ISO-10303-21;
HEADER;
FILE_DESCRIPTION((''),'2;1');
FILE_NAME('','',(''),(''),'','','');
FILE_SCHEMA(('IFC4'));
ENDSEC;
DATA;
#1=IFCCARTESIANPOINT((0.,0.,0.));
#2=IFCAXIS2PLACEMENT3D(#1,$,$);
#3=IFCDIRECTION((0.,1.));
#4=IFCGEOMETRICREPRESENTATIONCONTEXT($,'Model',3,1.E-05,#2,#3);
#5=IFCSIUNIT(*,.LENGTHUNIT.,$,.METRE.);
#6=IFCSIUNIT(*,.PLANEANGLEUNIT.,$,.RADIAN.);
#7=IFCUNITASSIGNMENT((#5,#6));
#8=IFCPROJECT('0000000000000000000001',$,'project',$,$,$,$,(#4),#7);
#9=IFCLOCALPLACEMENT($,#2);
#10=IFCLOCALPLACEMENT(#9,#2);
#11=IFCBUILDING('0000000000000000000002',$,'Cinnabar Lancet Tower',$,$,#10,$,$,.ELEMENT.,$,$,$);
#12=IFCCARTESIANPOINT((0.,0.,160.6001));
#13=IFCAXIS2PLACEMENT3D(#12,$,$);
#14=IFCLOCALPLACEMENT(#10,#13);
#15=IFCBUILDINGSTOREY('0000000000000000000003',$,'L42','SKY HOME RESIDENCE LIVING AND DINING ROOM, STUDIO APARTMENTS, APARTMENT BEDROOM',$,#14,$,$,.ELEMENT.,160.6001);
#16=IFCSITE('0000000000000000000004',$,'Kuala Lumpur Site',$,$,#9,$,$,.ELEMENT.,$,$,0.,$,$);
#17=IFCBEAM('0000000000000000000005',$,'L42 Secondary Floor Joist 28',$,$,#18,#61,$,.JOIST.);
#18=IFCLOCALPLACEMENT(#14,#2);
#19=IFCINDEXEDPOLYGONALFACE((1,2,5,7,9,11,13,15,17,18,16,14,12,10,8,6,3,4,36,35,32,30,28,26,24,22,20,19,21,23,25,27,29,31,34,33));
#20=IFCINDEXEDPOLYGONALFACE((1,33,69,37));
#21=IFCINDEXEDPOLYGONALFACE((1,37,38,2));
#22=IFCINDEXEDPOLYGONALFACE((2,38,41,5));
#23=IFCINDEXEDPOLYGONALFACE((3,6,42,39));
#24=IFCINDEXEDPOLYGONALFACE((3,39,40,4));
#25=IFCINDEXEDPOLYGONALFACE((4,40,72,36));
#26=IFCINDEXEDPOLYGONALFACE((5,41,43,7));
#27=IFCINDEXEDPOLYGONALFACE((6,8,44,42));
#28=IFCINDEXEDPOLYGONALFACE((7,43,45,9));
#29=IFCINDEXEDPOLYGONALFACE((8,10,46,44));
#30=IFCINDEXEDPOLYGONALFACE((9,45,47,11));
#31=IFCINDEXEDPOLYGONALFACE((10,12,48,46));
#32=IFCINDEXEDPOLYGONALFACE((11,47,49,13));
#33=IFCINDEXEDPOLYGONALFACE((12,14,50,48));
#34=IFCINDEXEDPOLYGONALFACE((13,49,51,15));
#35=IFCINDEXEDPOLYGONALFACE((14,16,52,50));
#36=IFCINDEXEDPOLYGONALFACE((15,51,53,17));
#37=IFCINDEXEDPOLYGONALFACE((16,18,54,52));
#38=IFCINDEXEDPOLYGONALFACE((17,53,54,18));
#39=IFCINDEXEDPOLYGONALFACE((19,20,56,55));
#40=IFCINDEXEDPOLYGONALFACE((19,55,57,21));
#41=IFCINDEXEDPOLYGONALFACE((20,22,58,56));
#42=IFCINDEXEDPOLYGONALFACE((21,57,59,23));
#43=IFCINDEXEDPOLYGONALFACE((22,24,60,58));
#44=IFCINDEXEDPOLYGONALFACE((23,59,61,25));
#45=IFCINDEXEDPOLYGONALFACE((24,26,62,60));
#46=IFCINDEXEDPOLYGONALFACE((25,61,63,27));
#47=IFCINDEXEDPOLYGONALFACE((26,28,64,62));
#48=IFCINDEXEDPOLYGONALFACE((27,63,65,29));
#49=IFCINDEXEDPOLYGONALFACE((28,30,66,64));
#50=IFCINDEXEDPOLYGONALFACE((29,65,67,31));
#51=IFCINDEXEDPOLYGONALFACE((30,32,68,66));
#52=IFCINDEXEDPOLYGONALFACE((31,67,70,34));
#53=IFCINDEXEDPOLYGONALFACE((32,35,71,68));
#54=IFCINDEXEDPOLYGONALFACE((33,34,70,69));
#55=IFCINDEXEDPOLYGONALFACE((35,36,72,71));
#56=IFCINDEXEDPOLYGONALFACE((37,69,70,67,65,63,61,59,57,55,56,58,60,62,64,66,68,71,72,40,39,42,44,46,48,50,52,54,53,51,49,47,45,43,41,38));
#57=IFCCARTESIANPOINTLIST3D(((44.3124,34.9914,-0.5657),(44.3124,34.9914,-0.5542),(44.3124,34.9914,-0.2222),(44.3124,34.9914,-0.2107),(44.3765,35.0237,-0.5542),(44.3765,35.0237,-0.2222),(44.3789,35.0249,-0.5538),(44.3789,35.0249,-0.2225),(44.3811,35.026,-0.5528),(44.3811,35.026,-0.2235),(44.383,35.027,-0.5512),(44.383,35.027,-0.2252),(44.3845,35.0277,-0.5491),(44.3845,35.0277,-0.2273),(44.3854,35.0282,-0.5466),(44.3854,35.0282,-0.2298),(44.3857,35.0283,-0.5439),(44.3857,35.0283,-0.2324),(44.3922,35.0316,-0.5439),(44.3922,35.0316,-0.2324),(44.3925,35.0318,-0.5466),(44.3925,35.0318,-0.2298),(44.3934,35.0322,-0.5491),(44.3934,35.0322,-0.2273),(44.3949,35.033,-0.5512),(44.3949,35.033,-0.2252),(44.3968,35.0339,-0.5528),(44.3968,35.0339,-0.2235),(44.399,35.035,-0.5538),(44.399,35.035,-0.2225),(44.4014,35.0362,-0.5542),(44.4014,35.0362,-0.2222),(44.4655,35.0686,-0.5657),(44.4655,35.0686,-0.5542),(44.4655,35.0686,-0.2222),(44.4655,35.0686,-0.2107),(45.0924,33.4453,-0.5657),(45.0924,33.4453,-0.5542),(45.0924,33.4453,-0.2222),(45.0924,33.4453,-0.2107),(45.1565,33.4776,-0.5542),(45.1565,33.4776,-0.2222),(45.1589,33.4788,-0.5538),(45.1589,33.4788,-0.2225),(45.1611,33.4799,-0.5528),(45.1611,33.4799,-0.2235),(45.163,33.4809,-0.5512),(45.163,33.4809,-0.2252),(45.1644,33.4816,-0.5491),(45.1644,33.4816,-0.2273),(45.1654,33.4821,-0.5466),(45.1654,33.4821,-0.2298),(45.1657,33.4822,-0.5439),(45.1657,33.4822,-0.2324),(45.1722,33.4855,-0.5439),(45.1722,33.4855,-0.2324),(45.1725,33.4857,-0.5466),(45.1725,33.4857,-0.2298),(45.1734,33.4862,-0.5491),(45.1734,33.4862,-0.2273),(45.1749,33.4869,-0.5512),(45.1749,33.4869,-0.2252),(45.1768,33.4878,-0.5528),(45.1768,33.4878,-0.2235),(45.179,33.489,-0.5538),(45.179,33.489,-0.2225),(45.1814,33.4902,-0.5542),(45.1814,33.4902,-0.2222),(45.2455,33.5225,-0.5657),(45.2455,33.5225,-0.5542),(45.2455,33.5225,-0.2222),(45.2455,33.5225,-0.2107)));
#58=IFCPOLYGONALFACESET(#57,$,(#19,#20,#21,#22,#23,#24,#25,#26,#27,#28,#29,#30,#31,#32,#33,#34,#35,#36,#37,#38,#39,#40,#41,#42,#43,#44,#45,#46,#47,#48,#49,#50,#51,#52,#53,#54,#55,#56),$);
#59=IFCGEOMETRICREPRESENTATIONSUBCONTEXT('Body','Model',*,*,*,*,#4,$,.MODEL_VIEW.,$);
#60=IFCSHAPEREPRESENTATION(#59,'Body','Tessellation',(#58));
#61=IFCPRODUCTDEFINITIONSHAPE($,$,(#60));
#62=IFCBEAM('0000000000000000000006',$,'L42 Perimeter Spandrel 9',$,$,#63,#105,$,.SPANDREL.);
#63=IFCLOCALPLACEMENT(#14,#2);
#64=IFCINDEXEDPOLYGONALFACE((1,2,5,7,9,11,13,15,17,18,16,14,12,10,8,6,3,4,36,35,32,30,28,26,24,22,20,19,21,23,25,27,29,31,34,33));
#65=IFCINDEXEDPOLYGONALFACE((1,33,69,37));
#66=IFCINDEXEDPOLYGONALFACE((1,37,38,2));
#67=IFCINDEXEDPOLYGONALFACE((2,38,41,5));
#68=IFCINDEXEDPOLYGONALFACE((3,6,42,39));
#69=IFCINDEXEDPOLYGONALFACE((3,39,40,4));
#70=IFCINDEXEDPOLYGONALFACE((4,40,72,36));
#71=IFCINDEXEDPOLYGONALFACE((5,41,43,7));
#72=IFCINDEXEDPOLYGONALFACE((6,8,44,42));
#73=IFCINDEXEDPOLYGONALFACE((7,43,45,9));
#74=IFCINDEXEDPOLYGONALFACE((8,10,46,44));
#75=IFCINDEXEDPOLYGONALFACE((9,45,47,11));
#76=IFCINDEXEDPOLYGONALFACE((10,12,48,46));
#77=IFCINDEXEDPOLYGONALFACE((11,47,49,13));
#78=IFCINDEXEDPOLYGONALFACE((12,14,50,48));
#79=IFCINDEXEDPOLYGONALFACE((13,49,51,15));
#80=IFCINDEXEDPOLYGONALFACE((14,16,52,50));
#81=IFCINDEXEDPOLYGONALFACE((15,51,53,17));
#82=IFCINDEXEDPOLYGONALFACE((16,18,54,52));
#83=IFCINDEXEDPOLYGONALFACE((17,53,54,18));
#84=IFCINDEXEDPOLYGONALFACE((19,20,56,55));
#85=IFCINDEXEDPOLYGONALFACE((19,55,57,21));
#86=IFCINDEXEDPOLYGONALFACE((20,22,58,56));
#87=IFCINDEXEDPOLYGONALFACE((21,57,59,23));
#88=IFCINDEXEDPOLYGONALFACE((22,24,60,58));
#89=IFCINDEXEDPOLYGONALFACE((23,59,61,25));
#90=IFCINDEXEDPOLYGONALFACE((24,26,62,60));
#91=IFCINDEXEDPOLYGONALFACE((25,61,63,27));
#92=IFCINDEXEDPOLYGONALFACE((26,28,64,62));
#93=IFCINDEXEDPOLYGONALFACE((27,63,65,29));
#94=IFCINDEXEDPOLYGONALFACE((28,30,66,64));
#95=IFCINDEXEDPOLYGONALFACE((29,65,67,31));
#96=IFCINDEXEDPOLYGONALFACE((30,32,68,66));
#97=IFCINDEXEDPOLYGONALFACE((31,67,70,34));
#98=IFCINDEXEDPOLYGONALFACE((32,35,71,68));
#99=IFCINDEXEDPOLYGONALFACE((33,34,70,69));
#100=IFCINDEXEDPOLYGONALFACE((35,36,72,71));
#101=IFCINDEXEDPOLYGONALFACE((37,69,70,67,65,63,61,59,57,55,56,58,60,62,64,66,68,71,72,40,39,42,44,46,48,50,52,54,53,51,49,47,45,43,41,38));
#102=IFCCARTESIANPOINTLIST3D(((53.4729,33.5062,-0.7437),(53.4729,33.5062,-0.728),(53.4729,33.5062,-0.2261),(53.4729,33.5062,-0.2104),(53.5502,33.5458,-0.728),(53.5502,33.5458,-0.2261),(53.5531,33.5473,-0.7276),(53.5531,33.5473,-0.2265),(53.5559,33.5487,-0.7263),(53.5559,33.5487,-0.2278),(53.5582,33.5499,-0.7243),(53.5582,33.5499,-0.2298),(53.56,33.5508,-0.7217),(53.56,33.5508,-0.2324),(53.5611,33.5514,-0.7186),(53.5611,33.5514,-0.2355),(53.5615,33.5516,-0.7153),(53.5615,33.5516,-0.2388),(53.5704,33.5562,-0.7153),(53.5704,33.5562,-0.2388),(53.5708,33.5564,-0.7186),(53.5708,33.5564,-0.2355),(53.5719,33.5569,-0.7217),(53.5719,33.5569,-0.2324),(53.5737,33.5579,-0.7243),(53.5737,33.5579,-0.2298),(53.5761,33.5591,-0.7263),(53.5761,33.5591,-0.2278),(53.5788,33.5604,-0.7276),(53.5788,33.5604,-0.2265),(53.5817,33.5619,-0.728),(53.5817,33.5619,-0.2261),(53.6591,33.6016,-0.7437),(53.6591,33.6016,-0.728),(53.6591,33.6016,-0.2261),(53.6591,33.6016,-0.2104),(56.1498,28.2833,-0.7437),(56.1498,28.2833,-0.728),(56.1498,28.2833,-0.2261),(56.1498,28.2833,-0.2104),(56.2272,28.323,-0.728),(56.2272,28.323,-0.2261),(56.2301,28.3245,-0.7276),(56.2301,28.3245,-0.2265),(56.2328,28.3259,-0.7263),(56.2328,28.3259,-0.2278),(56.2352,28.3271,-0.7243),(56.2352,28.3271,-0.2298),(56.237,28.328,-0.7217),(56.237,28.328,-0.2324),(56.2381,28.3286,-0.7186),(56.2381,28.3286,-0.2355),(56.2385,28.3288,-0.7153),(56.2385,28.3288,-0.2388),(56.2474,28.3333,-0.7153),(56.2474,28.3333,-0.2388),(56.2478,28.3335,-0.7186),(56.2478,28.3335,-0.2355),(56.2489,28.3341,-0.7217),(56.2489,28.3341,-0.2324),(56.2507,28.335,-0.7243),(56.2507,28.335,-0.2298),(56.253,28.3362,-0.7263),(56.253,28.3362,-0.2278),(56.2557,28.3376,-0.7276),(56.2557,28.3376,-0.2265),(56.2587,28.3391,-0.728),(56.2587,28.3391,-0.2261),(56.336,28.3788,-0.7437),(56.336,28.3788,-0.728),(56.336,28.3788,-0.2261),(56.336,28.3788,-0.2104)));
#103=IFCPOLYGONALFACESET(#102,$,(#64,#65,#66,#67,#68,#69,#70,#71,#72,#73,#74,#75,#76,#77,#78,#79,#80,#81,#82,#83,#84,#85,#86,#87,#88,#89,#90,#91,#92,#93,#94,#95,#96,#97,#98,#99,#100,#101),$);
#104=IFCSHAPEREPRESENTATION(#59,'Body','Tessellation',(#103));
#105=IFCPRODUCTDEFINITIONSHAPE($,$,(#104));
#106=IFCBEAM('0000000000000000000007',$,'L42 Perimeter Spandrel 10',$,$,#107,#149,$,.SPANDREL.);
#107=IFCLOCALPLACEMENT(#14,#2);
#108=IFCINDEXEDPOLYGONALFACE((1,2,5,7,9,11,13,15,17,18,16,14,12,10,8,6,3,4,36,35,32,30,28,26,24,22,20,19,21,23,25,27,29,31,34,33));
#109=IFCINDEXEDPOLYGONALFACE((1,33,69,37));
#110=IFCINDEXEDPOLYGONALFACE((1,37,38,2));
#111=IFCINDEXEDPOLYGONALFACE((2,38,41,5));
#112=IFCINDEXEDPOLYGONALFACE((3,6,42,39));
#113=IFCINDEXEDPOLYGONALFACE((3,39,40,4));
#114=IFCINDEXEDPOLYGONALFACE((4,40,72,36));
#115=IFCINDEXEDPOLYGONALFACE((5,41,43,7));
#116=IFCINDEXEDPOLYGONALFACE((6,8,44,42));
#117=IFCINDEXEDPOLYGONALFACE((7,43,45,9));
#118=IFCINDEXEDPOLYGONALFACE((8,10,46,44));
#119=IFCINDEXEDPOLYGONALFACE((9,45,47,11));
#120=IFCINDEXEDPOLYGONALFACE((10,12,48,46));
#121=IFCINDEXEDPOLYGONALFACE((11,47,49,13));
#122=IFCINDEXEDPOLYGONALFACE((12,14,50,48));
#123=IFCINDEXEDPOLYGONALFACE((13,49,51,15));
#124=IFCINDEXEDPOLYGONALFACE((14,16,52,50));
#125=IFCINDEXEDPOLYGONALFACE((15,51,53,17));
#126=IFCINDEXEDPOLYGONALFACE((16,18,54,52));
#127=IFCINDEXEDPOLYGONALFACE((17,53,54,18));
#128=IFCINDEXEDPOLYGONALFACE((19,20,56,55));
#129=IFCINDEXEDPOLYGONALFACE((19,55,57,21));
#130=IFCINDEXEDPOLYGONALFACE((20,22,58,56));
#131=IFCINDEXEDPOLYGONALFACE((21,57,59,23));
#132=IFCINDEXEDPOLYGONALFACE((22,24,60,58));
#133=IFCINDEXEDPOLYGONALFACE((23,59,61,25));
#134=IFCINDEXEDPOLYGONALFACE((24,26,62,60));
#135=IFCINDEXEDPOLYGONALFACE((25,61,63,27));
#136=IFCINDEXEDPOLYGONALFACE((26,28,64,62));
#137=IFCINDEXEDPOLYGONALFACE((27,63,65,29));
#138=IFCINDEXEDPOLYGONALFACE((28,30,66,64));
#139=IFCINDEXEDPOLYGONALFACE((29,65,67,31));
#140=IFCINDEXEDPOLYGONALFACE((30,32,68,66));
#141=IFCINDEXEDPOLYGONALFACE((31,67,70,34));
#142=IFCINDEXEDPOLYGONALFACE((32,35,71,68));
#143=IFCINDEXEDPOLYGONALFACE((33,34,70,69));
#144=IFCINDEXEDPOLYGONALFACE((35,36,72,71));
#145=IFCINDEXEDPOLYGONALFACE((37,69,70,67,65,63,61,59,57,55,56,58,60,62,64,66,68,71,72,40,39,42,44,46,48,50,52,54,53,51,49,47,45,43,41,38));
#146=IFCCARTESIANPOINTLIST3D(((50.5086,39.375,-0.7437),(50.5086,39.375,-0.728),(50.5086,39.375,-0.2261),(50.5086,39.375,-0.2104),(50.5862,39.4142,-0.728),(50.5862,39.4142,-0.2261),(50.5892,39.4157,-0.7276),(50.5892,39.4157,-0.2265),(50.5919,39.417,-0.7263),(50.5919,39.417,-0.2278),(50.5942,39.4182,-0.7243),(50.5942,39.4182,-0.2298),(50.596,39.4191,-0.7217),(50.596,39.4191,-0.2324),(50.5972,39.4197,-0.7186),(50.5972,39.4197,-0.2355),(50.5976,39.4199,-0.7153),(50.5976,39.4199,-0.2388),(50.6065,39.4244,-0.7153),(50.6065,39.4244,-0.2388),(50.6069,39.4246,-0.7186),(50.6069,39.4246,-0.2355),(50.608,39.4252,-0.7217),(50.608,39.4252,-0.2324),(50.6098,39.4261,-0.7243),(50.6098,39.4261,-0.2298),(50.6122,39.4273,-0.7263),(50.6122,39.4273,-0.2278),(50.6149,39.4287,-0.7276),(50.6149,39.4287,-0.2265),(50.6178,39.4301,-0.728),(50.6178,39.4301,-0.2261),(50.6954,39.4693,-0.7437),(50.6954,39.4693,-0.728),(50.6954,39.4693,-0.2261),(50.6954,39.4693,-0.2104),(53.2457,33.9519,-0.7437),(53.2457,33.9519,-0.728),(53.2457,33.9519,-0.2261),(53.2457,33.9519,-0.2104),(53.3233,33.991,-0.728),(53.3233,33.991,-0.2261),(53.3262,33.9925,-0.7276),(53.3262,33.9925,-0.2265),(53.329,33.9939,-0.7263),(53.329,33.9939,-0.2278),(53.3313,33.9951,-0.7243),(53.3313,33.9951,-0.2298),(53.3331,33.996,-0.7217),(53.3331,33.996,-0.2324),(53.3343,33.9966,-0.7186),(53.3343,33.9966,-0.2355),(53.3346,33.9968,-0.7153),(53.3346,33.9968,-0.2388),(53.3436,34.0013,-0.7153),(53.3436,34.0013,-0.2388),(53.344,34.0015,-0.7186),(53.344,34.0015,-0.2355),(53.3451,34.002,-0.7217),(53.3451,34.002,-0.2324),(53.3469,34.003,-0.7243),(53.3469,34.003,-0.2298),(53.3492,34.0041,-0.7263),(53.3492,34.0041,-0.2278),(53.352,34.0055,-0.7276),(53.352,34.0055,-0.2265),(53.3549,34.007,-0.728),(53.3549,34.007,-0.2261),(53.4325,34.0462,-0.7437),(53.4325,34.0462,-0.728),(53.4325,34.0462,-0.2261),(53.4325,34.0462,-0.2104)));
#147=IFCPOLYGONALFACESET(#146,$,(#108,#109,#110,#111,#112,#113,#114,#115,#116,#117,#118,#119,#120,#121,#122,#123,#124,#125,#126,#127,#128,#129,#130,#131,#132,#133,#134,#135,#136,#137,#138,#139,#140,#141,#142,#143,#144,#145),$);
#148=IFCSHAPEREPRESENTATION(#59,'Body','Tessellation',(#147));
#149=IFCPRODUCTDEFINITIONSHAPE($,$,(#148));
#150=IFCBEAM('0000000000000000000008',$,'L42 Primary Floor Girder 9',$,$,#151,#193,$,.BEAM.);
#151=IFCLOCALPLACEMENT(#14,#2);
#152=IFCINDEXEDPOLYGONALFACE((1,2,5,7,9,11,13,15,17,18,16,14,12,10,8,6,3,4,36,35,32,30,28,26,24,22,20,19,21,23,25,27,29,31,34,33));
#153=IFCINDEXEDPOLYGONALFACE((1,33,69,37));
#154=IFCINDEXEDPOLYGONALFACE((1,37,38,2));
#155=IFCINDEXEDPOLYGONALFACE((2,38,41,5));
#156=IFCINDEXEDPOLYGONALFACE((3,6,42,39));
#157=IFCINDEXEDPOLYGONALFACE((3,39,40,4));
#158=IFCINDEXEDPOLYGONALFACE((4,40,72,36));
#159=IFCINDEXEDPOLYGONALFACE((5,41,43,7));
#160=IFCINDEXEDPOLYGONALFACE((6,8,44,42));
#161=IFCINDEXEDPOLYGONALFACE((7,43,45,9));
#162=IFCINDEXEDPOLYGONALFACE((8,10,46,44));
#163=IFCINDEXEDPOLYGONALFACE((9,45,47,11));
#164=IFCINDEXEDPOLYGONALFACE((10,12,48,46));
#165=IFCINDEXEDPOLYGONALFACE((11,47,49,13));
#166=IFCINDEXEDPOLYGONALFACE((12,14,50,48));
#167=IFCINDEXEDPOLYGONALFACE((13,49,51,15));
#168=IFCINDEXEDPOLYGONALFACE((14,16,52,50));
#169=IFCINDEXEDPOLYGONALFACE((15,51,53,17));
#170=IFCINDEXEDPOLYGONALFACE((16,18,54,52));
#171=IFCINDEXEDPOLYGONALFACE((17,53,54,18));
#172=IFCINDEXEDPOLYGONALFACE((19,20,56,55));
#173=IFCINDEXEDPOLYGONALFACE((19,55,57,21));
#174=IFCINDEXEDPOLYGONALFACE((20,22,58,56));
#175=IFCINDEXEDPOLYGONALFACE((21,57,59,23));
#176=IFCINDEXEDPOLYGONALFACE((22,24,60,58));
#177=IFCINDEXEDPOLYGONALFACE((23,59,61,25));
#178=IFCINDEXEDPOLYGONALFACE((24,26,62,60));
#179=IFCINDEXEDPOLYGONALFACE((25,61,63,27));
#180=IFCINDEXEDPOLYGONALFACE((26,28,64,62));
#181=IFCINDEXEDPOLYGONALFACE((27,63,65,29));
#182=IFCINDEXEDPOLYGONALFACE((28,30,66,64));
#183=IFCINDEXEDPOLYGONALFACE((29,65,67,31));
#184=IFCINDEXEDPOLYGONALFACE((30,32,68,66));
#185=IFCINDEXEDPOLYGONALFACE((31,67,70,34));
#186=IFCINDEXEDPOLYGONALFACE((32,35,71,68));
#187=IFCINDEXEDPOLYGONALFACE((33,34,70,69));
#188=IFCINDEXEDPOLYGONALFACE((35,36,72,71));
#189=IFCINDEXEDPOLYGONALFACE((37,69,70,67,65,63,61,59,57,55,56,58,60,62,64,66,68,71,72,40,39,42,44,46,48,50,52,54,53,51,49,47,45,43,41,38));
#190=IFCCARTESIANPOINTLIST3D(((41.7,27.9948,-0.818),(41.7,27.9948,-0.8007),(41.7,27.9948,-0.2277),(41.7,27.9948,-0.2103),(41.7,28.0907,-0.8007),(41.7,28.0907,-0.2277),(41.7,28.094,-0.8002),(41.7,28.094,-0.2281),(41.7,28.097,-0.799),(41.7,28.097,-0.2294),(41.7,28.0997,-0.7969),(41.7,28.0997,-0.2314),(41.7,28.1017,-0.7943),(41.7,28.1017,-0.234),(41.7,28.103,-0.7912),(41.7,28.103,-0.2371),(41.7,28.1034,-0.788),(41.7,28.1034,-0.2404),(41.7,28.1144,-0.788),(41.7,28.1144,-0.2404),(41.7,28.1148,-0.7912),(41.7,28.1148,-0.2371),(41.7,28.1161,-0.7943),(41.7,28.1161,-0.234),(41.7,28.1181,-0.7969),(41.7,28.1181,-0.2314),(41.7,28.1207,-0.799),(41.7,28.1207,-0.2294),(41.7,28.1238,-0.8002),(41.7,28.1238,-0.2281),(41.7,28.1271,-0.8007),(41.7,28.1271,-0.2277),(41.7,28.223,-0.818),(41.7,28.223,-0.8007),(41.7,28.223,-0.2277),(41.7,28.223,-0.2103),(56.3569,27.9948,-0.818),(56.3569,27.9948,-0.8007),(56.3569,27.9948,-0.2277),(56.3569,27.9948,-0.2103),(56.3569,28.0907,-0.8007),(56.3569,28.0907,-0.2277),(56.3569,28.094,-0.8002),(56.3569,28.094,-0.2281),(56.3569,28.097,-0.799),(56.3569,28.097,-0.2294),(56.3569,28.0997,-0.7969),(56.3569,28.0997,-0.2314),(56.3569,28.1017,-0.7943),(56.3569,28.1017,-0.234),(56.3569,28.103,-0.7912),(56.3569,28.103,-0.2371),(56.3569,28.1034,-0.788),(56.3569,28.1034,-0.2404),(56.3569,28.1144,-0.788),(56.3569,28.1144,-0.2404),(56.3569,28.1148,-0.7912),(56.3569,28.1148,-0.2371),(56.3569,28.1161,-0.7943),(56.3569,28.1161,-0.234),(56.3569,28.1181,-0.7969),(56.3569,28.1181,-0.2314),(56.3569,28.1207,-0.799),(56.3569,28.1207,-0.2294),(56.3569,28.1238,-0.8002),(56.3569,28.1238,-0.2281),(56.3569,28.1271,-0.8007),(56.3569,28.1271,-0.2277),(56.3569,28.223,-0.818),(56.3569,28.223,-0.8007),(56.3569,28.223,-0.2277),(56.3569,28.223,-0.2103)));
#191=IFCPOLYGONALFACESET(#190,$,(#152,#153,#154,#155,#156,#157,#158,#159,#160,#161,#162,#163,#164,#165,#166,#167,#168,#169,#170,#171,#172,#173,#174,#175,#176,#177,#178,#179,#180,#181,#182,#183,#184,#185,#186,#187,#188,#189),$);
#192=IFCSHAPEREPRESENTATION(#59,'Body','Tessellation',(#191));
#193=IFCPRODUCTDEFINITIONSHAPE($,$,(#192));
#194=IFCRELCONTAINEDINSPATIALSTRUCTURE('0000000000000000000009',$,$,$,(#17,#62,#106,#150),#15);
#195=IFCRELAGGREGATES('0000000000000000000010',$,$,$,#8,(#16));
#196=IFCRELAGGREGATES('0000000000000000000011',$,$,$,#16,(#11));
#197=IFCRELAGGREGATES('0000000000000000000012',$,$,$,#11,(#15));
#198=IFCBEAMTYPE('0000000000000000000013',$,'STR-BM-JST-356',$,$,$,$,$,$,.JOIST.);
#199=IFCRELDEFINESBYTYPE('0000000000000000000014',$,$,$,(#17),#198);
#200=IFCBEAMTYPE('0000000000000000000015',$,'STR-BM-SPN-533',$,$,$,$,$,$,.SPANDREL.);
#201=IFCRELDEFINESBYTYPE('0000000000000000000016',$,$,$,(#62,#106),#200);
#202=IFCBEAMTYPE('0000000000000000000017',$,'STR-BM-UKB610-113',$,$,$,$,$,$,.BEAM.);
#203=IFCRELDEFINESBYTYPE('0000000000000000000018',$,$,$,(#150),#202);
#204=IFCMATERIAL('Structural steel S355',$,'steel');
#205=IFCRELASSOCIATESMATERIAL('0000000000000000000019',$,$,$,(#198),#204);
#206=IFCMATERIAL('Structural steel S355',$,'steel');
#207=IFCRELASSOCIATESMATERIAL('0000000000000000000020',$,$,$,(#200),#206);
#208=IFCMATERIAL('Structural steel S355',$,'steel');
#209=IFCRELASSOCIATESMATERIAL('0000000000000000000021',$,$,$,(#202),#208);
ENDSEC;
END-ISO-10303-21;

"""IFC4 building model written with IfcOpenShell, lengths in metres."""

from ifc_helpers import new_model, si_unit, direction, frame, origin, origin_2d, place, context, subcontext, project, spatial, i_section, extrude, material, material_profile, profile_set, type_object, element, save


model = new_model("IFC4")

# Units and contexts
model_context = context("Model", 3, precision=1e-05, world=origin(), true_north=direction((0.0, 1.0)))
body_context = subcontext(model_context, "Body", "Model", "MODEL_VIEW")
ifc_project = project(units=[si_unit("LENGTHUNIT", "METRE"), si_unit("PLANEANGLEUNIT", "RADIAN")], contexts=[model_context])

# Site, building, storey
site_placement = place(None, origin())
site = spatial("IfcSite", under=ifc_project, at=site_placement, Name="Kuala Lumpur Site", CompositionType="ELEMENT", RefElevation=0.0)
building_placement = place(site_placement, origin())
building = spatial("IfcBuilding", under=site, at=building_placement, Name="Cinnabar Lancet Tower", CompositionType="ELEMENT")
storey_placement = place(building_placement, frame((0.0, 0.0, 160.6001)))
storey = spatial("IfcBuildingStorey", under=building, at=storey_placement, Name="L42", Description="SKY HOME RESIDENCE LIVING AND DINING ROOM, STUDIO APARTMENTS, APARTMENT BEDROOM", CompositionType="ELEMENT", Elevation=160.6001)

# Beams
ifc_material_1 = material(Name="Structural steel S355", Category="steel")
ifc_material_profile_1 = material_profile(ifc_material_1, i_section(OverallWidth=0.1714, OverallDepth=0.355, WebThickness=0.0073, FlangeThickness=0.0115, FilletRadius=0.0103, at=origin_2d()), Name="UKB 356x171x51")
ifc_profile_set_1 = profile_set([ifc_material_profile_1], Name="Structural steel S355")
beam_type_1 = type_object("IfcBeamType", Name="STR-BM-JST-356", PredefinedType="JOIST", material=ifc_profile_set_1)
beam_1_placement = place(storey_placement, frame((45.1689, 33.4839, -0.3882), z_axis=(-0.450425, 0.892814, 0.0), x_axis=(-0.892814, -0.450425, 0.0)))
element("IfcBeam", 1, at=beam_1_placement, inside=storey, type_object=beam_type_1, Name="L42 Secondary Floor Joist 28", PredefinedType="JOIST", context=body_context, shape_type="SweptSolid", body=[
    extrude(i_section(OverallWidth=0.1714, OverallDepth=0.355, WebThickness=0.0073, FlangeThickness=0.0115, FilletRadius=0.0103, at=origin_2d()), origin(), (0.0, 0.0, 1.0), 1.7317),
])
ifc_material_2 = material(Name="Structural steel S355", Category="steel")
ifc_material_profile_2 = material_profile(ifc_material_2, i_section(OverallWidth=0.2092, OverallDepth=0.5332, WebThickness=0.01, FlangeThickness=0.0156, FilletRadius=0.0127, at=origin_2d()), Name="UKB 533x210x92")
ifc_profile_set_2 = profile_set([ifc_material_profile_2], Name="Structural steel S355")
beam_type_2 = type_object("IfcBeamType", Name="STR-BM-SPN-533", PredefinedType="SPANDREL", material=ifc_profile_set_2)
beam_2_placement = place(storey_placement, frame((56.2429, 28.3311, -0.4771), z_axis=(-0.456127, 0.889915, 0.0), x_axis=(-0.889915, -0.456127, 0.0)))
element("IfcBeam", 2, at=beam_2_placement, inside=storey, type_object=beam_type_2, Name="L42 Perimeter Spandrel 9", PredefinedType="SPANDREL", context=body_context, shape_type="SweptSolid", body=[
    extrude(i_section(OverallWidth=0.2092, OverallDepth=0.5332, WebThickness=0.01, FlangeThickness=0.0156, FilletRadius=0.0127, at=origin_2d()), origin(), (0.0, 0.0, 1.0), 5.8689),
])
beam_3_placement = place(storey_placement, frame((53.3391, 33.999, -0.4771), z_axis=(-0.45057, 0.892741, 0.0), x_axis=(-0.892741, -0.45057, 0.0)))
element("IfcBeam", 3, at=beam_3_placement, inside=storey, type_object=beam_type_2, Name="L42 Perimeter Spandrel 10", PredefinedType="SPANDREL", context=body_context, shape_type="SweptSolid", body=[
    extrude(i_section(OverallWidth=0.2092, OverallDepth=0.5332, WebThickness=0.01, FlangeThickness=0.0156, FilletRadius=0.0127, at=origin_2d()), origin(), (0.0, 0.0, 1.0), 6.0747),
])
ifc_material_3 = material(Name="Structural steel S355", Category="steel")
ifc_material_profile_3 = material_profile(ifc_material_3, i_section(OverallWidth=0.2283, OverallDepth=0.6077, WebThickness=0.011, FlangeThickness=0.0173, FilletRadius=0.0127, at=origin_2d()), Name="UKB 610x229x113")
ifc_profile_set_3 = profile_set([ifc_material_profile_3], Name="Structural steel S355")
beam_type_3 = type_object("IfcBeamType", Name="STR-BM-UKB610-113", PredefinedType="BEAM", material=ifc_profile_set_3)
beam_4_placement = place(storey_placement, frame((56.3569, 28.1089, -0.5142), z_axis=(-1.0, 0.0, 0.0), x_axis=(0.0, -1.0, 0.0)))
element("IfcBeam", 4, at=beam_4_placement, inside=storey, type_object=beam_type_3, Name="L42 Primary Floor Girder 9", PredefinedType="BEAM", context=body_context, shape_type="SweptSolid", body=[
    extrude(i_section(OverallWidth=0.2283, OverallDepth=0.6077, WebThickness=0.011, FlangeThickness=0.0173, FilletRadius=0.0127, at=origin_2d()), origin(), (0.0, 0.0, 1.0), 14.657),
])

save(model, "model.ifc")
